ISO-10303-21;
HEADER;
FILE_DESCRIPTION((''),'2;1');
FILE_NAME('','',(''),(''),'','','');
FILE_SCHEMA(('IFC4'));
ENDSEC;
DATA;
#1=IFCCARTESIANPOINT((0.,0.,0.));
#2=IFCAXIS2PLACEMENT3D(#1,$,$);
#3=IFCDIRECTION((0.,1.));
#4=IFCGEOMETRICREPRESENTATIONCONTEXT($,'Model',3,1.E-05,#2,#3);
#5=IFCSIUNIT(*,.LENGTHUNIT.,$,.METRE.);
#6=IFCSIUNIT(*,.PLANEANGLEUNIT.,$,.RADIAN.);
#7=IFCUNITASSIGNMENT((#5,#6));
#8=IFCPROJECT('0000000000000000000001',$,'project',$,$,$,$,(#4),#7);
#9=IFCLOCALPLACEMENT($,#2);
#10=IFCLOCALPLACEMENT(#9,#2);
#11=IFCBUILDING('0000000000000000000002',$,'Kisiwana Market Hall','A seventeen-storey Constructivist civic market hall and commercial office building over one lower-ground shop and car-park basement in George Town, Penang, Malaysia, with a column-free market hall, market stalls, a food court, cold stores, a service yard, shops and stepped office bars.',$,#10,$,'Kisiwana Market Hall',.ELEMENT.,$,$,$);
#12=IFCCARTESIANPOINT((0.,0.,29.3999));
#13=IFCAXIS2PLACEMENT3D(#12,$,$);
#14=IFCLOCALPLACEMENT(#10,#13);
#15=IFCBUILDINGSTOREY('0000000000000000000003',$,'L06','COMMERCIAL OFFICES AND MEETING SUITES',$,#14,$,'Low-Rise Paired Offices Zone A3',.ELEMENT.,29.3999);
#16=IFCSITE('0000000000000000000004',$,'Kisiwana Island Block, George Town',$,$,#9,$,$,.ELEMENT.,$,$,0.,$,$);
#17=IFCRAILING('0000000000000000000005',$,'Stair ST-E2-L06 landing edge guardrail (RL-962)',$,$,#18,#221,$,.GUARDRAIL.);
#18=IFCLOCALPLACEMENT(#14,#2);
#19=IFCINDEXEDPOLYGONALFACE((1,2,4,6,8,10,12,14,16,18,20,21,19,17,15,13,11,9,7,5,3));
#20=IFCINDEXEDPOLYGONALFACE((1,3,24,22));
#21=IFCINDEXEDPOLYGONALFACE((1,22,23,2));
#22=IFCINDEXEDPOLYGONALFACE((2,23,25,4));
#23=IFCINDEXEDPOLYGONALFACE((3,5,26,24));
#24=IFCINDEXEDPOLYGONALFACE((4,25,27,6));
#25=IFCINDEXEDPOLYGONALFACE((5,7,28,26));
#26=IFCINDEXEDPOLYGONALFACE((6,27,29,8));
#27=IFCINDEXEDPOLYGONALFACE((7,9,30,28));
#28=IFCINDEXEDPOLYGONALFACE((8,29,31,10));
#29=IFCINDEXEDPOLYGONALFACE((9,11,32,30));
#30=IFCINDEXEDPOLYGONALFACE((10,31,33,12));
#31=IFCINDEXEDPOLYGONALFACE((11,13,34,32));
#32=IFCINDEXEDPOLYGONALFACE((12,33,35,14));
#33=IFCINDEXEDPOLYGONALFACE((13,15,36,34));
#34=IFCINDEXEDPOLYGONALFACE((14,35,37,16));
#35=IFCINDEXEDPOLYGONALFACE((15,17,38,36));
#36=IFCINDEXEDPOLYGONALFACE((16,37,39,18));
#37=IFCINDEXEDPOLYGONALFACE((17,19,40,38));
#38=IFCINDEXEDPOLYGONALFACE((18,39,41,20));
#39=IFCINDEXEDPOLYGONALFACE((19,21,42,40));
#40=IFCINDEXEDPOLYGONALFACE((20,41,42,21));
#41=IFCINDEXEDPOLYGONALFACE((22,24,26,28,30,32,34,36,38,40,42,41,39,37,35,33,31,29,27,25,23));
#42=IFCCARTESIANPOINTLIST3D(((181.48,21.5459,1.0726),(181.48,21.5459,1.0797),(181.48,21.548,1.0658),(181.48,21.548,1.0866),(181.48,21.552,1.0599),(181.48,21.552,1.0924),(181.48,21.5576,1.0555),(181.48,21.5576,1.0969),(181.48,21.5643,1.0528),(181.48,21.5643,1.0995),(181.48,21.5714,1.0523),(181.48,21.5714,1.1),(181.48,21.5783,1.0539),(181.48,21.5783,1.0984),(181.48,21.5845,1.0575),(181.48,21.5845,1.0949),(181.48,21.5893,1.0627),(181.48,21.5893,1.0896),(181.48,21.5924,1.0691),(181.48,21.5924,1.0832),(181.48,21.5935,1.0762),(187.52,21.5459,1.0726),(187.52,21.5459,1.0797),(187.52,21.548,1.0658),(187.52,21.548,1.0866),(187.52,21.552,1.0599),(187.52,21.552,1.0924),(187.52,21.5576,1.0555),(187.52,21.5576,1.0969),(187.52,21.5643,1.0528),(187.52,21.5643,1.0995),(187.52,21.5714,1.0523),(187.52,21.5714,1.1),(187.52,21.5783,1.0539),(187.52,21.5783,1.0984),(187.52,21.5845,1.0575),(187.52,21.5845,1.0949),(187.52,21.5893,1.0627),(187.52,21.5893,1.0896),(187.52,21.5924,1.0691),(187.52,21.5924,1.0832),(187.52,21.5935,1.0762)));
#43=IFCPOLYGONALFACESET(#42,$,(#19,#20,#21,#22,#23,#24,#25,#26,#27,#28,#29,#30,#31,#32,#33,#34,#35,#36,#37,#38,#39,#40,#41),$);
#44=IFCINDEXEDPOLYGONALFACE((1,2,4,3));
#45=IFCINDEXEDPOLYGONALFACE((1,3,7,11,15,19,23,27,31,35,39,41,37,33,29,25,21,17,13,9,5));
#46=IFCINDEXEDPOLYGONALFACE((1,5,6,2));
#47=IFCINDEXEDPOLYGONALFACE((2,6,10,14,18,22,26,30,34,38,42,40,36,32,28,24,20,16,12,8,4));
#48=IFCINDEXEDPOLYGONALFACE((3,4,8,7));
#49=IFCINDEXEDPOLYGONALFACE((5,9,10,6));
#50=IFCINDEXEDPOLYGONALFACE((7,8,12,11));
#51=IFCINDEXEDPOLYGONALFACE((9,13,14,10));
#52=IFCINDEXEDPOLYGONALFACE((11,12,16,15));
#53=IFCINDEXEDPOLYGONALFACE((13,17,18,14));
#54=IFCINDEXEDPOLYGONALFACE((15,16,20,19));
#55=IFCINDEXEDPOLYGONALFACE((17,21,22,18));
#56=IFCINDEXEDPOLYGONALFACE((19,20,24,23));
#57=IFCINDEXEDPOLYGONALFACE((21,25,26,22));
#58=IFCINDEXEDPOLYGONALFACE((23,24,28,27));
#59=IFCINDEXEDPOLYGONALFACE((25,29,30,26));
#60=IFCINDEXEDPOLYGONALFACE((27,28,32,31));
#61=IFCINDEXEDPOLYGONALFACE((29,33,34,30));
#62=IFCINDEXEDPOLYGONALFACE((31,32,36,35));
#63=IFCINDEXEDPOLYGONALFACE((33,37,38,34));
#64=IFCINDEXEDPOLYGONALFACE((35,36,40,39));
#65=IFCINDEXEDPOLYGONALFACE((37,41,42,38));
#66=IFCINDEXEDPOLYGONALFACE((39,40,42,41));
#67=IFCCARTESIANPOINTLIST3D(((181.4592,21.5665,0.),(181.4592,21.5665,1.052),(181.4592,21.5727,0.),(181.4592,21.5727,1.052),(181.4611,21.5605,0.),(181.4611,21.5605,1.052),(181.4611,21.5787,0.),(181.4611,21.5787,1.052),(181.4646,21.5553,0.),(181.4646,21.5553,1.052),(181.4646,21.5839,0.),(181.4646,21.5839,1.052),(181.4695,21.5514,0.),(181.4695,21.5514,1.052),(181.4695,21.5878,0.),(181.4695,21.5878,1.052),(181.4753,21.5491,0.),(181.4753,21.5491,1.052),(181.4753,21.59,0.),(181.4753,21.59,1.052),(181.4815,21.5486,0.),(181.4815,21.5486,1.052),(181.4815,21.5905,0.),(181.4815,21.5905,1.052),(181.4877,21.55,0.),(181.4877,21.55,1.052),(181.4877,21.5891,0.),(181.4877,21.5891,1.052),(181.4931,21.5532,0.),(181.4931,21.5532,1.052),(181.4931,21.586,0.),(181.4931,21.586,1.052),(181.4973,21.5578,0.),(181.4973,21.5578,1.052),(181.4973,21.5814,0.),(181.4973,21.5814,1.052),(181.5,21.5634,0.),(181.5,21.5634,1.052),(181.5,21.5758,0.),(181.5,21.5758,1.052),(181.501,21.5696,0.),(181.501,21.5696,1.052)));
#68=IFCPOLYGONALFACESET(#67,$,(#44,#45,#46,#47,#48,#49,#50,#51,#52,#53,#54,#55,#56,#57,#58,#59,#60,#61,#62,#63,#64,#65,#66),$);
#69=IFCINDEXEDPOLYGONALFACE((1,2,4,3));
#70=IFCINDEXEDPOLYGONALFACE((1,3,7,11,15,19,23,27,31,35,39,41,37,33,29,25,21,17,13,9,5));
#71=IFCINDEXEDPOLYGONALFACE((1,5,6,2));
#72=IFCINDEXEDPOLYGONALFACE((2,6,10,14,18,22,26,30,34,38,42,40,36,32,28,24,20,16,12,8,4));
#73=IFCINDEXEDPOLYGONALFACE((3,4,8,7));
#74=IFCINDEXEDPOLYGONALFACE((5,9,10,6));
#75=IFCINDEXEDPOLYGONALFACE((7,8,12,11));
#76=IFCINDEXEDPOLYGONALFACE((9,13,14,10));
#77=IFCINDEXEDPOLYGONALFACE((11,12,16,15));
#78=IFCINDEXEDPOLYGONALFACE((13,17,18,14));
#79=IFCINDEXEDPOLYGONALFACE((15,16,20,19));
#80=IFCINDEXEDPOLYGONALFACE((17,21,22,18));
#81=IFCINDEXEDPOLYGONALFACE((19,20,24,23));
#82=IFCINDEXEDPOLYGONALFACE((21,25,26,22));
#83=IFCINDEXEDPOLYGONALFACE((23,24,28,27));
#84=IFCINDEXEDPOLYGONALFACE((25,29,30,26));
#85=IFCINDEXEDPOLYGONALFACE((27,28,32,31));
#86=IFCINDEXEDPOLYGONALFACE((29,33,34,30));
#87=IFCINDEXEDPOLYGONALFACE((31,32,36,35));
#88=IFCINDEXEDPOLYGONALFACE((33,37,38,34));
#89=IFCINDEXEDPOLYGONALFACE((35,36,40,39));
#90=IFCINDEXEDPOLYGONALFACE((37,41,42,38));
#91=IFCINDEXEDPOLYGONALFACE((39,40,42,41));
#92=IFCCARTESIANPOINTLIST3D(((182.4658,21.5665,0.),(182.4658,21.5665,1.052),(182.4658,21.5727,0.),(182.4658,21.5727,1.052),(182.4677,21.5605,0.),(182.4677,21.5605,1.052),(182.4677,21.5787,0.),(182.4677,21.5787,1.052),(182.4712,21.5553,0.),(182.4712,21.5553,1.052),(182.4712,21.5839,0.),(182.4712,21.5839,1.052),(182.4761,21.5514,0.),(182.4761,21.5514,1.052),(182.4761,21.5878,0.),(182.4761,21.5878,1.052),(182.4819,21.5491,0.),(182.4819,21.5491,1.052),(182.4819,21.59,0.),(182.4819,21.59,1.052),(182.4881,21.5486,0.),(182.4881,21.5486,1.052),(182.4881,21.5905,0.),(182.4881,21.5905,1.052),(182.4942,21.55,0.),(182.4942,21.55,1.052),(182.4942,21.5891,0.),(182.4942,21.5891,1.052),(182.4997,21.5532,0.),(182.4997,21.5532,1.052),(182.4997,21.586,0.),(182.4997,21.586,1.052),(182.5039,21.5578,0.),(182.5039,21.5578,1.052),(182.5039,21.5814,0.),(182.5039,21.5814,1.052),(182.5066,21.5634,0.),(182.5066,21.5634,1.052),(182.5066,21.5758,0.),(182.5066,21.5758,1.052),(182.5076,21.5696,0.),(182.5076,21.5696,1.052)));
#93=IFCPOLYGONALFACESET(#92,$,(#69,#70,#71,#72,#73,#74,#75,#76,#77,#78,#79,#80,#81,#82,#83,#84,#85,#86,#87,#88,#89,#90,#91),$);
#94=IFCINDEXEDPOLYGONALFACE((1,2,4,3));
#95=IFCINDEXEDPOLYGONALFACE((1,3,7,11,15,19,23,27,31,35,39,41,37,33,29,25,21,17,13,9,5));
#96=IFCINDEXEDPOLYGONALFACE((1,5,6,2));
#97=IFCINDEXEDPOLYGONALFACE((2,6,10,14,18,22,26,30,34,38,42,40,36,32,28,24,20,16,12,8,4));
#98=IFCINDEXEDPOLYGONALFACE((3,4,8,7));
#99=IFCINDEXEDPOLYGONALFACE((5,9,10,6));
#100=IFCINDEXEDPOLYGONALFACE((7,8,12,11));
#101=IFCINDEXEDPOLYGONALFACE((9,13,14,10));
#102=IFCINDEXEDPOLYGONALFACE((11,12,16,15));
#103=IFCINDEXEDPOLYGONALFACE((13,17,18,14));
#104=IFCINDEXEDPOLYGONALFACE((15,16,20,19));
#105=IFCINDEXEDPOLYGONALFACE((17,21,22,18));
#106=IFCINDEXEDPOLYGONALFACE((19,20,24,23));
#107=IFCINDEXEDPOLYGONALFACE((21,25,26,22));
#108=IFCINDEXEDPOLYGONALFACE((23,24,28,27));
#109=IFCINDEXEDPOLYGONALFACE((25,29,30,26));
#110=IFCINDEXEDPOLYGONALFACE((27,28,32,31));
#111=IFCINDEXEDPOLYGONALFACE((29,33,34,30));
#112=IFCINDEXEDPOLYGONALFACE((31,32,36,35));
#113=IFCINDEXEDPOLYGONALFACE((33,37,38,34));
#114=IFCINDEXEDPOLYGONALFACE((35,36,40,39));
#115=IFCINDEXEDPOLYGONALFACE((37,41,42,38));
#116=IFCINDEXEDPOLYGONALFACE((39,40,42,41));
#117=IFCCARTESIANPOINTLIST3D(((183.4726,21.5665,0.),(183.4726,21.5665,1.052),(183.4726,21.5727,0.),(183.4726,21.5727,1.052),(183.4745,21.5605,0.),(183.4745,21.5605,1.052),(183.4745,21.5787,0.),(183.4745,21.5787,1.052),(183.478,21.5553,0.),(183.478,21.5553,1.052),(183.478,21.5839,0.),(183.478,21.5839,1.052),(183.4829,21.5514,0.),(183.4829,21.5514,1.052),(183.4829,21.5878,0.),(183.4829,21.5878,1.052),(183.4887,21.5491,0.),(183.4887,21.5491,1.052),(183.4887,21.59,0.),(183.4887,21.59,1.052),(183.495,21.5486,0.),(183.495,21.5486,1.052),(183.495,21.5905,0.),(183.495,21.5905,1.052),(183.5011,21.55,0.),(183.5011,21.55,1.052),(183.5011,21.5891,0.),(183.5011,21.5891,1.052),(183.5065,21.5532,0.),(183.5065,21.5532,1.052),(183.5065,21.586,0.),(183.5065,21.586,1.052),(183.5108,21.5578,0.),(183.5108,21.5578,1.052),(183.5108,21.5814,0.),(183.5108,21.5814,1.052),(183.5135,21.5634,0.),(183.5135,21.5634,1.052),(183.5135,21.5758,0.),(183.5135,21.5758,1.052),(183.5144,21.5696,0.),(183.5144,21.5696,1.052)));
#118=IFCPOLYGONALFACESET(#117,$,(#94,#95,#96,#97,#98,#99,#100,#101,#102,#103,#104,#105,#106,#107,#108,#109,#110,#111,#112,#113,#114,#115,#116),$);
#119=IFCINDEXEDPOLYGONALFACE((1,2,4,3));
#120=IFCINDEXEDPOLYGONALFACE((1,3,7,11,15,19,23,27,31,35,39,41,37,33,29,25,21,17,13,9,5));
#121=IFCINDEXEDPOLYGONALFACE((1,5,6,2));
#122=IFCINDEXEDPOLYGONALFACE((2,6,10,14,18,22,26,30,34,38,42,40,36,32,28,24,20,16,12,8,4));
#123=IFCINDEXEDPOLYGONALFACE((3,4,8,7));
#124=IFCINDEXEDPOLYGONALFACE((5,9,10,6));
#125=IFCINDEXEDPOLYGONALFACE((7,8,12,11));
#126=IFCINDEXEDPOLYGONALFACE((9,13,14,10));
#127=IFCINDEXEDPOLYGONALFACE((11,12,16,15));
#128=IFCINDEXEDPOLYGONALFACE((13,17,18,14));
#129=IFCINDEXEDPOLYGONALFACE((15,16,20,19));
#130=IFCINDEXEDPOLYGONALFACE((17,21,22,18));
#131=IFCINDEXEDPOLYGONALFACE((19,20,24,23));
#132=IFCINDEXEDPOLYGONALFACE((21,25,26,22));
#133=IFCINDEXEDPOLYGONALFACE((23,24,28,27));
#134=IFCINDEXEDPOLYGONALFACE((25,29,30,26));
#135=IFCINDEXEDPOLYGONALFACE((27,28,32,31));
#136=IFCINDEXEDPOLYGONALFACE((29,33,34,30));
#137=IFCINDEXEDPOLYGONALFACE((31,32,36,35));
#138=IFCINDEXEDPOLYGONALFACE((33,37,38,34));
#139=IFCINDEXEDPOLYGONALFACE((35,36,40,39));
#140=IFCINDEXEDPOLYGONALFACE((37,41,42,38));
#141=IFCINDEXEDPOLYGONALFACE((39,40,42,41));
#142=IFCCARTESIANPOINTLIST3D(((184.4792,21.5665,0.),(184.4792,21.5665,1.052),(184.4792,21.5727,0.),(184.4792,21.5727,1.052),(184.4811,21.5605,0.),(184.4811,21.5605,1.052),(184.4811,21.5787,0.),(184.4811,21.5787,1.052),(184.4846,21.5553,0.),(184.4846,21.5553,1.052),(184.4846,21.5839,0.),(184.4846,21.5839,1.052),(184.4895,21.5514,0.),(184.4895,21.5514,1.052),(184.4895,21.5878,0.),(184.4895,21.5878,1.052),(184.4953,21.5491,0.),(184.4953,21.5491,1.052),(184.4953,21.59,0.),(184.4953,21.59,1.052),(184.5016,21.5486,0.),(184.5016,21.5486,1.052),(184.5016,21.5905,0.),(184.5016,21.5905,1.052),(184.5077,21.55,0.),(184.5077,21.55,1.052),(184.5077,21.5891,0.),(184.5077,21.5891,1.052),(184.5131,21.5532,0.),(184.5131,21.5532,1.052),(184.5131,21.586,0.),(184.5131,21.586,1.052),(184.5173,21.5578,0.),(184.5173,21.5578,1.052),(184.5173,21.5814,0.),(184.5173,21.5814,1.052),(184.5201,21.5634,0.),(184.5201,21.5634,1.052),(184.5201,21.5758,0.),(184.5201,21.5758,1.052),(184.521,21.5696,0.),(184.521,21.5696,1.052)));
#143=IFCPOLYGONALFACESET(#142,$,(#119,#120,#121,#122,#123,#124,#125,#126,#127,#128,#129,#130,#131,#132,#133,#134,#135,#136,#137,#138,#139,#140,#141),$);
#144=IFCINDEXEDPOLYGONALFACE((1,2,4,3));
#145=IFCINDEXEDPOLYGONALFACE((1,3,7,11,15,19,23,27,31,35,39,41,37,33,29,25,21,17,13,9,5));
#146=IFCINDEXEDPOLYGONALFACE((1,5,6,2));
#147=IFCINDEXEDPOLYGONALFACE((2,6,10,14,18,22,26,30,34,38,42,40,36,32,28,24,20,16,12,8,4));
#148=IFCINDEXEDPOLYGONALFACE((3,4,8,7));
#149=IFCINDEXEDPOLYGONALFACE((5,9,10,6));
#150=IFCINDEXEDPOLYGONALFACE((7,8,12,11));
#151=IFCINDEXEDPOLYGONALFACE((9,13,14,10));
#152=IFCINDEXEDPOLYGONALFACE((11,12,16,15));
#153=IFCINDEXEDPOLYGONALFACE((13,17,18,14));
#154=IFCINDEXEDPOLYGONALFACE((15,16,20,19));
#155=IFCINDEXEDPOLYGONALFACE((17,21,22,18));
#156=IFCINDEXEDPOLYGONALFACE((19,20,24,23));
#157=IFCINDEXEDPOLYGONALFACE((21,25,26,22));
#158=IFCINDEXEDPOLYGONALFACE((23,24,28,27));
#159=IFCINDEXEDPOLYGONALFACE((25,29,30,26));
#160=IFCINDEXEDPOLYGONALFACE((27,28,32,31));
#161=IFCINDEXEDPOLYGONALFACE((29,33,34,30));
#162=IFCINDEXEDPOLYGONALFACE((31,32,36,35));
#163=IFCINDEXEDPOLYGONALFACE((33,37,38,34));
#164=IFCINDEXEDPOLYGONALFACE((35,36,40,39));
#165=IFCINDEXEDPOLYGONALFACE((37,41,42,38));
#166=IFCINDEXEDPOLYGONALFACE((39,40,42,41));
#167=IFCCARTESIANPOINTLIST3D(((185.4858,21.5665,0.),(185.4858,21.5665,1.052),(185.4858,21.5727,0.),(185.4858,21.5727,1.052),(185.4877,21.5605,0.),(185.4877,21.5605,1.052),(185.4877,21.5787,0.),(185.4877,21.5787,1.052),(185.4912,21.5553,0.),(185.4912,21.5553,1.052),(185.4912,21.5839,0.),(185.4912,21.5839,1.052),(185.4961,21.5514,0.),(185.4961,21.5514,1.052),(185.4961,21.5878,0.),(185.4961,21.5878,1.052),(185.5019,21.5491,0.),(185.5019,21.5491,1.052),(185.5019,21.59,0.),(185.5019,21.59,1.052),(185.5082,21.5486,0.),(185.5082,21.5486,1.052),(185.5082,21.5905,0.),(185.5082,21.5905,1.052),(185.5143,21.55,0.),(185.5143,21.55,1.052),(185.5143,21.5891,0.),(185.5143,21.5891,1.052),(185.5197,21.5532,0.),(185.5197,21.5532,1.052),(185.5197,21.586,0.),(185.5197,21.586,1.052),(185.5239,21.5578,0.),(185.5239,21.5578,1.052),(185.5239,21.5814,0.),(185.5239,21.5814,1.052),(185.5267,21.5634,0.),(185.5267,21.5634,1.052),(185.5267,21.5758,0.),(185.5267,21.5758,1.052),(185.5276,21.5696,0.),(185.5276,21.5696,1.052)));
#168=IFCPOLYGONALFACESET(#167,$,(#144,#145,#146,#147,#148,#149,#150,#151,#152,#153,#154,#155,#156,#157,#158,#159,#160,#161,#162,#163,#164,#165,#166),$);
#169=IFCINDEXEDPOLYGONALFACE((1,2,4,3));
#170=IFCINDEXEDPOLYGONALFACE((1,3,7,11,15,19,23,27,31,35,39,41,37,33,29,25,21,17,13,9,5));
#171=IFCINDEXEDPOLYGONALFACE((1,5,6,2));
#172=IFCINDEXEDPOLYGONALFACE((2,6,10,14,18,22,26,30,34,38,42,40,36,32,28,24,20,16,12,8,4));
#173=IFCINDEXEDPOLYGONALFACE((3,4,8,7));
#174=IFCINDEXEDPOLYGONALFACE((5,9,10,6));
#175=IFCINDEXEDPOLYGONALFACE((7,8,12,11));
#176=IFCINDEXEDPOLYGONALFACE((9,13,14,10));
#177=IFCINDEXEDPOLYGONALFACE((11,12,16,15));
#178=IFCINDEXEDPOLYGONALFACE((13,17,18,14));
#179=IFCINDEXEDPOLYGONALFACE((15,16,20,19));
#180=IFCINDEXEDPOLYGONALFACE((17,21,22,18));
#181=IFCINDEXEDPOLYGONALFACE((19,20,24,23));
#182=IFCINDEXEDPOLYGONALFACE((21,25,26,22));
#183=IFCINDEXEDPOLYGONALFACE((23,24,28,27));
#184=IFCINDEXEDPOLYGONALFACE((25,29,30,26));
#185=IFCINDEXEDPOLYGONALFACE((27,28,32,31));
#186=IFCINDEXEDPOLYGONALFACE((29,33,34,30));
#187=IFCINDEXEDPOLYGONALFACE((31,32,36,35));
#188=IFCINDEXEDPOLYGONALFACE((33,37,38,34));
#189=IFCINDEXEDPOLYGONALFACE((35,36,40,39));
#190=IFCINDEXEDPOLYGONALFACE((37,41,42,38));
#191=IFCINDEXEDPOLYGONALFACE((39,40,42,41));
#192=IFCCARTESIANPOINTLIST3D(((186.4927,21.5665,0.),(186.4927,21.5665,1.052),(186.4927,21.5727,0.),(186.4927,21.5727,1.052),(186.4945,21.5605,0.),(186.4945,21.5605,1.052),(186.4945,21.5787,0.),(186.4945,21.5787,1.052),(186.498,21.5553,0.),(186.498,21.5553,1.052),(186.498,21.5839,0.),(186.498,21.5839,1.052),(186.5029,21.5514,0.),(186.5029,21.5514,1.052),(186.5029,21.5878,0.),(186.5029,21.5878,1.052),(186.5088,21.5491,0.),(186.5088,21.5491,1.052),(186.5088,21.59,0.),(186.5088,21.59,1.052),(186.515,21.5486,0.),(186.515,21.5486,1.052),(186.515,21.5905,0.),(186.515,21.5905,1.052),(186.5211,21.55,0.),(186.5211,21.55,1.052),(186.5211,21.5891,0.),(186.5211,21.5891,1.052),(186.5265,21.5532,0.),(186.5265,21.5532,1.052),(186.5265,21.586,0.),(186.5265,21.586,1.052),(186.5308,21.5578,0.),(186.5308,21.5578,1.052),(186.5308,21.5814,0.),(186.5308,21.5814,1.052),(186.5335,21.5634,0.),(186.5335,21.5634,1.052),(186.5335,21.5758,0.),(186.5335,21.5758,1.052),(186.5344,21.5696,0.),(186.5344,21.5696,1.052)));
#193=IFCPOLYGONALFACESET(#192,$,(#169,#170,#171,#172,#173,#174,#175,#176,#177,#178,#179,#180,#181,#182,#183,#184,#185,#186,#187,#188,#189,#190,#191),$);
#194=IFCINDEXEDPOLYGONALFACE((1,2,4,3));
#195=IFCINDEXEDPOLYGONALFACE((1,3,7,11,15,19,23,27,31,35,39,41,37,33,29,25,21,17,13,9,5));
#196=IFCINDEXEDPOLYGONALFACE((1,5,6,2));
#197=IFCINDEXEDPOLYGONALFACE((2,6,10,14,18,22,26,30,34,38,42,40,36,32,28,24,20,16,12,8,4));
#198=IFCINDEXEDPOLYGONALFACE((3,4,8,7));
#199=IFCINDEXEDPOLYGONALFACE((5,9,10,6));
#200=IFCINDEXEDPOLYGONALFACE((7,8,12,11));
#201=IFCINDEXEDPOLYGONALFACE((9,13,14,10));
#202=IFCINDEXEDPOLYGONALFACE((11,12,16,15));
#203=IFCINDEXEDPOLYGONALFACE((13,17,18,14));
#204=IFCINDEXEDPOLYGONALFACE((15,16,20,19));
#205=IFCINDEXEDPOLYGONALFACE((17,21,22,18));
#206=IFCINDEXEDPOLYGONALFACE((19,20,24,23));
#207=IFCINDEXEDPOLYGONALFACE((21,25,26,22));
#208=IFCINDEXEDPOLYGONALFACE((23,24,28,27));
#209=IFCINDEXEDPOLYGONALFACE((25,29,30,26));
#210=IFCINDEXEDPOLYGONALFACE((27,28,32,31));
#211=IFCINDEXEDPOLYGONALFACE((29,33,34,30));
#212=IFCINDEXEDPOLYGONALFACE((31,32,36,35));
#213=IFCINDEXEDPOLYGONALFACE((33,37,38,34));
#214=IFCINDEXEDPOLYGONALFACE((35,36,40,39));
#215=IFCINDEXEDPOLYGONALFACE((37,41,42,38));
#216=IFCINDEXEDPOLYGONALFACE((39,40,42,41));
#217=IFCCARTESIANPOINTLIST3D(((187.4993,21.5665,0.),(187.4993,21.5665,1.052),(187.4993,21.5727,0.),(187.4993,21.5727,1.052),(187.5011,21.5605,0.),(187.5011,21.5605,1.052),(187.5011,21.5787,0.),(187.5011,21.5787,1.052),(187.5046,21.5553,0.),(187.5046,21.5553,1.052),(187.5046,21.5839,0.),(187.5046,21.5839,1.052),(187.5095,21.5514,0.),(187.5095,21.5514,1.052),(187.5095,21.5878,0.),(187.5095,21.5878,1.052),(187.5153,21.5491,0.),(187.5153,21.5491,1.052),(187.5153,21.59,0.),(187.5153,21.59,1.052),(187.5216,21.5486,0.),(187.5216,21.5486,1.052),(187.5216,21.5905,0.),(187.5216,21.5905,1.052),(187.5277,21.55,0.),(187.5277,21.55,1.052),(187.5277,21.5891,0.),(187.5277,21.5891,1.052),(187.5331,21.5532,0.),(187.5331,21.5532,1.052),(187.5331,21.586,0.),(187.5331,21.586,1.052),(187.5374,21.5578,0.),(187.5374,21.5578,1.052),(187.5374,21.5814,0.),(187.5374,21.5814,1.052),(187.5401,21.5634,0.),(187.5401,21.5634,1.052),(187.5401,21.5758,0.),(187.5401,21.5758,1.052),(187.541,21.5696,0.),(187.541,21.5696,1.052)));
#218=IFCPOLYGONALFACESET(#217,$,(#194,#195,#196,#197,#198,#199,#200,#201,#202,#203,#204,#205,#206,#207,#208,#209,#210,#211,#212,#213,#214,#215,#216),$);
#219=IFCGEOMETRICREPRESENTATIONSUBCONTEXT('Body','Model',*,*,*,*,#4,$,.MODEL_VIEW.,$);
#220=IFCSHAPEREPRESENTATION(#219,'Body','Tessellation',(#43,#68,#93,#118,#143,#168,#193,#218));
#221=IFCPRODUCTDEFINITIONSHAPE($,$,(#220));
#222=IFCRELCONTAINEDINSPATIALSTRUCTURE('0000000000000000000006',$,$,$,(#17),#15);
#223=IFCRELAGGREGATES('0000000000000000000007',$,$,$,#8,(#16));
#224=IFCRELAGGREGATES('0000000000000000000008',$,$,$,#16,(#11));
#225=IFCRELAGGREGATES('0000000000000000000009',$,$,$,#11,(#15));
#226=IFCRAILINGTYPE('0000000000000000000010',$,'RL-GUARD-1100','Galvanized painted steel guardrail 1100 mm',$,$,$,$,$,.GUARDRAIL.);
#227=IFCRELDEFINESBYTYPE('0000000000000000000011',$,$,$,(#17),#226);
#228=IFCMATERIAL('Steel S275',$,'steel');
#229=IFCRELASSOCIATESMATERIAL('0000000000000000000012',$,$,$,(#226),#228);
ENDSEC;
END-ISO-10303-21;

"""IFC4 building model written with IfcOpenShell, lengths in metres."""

from ifc_helpers import new_model, si_unit, direction, frame, origin, origin_2d, place, context, subcontext, project, spatial, circle, extrude, material, type_object, element, save


model = new_model("IFC4")

# Units and contexts
model_context = context("Model", 3, precision=1e-05, world=origin(), true_north=direction((0.0, 1.0)))
body_context = subcontext(model_context, "Body", "Model", "MODEL_VIEW")
ifc_project = project(units=[si_unit("LENGTHUNIT", "METRE"), si_unit("PLANEANGLEUNIT", "RADIAN")], contexts=[model_context])

# Site, building, storey
site_placement = place(None, origin())
site = spatial("IfcSite", under=ifc_project, at=site_placement, Name="Kisiwana Island Block, George Town", CompositionType="ELEMENT", RefElevation=0.0)
building_placement = place(site_placement, origin())
building = spatial("IfcBuilding", under=site, at=building_placement, Name="Kisiwana Market Hall", Description="A seventeen-storey Constructivist civic market hall and commercial office building over one lower-ground shop and car-park basement in George Town, Penang, Malaysia, with a column-free market hall, market stalls, a food court, cold stores, a service yard, shops and stepped office bars.", LongName="Kisiwana Market Hall", CompositionType="ELEMENT")
storey_placement = place(building_placement, frame((0.0, 0.0, 29.3999)))
storey = spatial("IfcBuildingStorey", under=building, at=storey_placement, Name="L06", Description="COMMERCIAL OFFICES AND MEETING SUITES", LongName="Low-Rise Paired Offices Zone A3", CompositionType="ELEMENT", Elevation=29.3999)

# Railing
ifc_material_1 = material(Name="Steel S275", Category="steel")
railing_type_1 = type_object("IfcRailingType", Name="RL-GUARD-1100", Description="Galvanized painted steel guardrail 1100 mm", PredefinedType="GUARDRAIL", material=ifc_material_1)
railing_1_placement = place(storey_placement, frame((181.48, 21.5696, 0.0)))
element("IfcRailing", 1, at=railing_1_placement, inside=storey, type_object=railing_type_1, Name="Stair ST-E2-L06 landing edge guardrail (RL-962)", PredefinedType="GUARDRAIL", context=body_context, shape_type="SweptSolid", body=[
    extrude(circle(Radius=0.0239, at=origin_2d()), frame((0.0, 0.0, 1.0762), z_axis=(1.0, 0.0, 0.0), x_axis=(0.0, 1.0, 0.0)), (0.0, 0.0, 1.0), 6.04),
    extrude(circle(Radius=0.021, at=origin_2d()), origin(), (0.0, 0.0, 1.0), 1.052),
    extrude(circle(Radius=0.021, at=origin_2d()), frame((1.0066, 0.0, 0.0)), (0.0, 0.0, 1.0), 1.052),
    extrude(circle(Radius=0.021, at=origin_2d()), frame((2.0134, 0.0, 0.0)), (0.0, 0.0, 1.0), 1.052),
    extrude(circle(Radius=0.021, at=origin_2d()), frame((3.02, 0.0, 0.0)), (0.0, 0.0, 1.0), 1.052),
    extrude(circle(Radius=0.021, at=origin_2d()), frame((4.0266, 0.0, 0.0)), (0.0, 0.0, 1.0), 1.052),
    extrude(circle(Radius=0.021, at=origin_2d()), frame((5.0334, 0.0, 0.0)), (0.0, 0.0, 1.0), 1.052),
    extrude(circle(Radius=0.021, at=origin_2d()), frame((6.04, 0.0, 0.0)), (0.0, 0.0, 1.0), 1.052),
])

save(model, "model.ifc")
